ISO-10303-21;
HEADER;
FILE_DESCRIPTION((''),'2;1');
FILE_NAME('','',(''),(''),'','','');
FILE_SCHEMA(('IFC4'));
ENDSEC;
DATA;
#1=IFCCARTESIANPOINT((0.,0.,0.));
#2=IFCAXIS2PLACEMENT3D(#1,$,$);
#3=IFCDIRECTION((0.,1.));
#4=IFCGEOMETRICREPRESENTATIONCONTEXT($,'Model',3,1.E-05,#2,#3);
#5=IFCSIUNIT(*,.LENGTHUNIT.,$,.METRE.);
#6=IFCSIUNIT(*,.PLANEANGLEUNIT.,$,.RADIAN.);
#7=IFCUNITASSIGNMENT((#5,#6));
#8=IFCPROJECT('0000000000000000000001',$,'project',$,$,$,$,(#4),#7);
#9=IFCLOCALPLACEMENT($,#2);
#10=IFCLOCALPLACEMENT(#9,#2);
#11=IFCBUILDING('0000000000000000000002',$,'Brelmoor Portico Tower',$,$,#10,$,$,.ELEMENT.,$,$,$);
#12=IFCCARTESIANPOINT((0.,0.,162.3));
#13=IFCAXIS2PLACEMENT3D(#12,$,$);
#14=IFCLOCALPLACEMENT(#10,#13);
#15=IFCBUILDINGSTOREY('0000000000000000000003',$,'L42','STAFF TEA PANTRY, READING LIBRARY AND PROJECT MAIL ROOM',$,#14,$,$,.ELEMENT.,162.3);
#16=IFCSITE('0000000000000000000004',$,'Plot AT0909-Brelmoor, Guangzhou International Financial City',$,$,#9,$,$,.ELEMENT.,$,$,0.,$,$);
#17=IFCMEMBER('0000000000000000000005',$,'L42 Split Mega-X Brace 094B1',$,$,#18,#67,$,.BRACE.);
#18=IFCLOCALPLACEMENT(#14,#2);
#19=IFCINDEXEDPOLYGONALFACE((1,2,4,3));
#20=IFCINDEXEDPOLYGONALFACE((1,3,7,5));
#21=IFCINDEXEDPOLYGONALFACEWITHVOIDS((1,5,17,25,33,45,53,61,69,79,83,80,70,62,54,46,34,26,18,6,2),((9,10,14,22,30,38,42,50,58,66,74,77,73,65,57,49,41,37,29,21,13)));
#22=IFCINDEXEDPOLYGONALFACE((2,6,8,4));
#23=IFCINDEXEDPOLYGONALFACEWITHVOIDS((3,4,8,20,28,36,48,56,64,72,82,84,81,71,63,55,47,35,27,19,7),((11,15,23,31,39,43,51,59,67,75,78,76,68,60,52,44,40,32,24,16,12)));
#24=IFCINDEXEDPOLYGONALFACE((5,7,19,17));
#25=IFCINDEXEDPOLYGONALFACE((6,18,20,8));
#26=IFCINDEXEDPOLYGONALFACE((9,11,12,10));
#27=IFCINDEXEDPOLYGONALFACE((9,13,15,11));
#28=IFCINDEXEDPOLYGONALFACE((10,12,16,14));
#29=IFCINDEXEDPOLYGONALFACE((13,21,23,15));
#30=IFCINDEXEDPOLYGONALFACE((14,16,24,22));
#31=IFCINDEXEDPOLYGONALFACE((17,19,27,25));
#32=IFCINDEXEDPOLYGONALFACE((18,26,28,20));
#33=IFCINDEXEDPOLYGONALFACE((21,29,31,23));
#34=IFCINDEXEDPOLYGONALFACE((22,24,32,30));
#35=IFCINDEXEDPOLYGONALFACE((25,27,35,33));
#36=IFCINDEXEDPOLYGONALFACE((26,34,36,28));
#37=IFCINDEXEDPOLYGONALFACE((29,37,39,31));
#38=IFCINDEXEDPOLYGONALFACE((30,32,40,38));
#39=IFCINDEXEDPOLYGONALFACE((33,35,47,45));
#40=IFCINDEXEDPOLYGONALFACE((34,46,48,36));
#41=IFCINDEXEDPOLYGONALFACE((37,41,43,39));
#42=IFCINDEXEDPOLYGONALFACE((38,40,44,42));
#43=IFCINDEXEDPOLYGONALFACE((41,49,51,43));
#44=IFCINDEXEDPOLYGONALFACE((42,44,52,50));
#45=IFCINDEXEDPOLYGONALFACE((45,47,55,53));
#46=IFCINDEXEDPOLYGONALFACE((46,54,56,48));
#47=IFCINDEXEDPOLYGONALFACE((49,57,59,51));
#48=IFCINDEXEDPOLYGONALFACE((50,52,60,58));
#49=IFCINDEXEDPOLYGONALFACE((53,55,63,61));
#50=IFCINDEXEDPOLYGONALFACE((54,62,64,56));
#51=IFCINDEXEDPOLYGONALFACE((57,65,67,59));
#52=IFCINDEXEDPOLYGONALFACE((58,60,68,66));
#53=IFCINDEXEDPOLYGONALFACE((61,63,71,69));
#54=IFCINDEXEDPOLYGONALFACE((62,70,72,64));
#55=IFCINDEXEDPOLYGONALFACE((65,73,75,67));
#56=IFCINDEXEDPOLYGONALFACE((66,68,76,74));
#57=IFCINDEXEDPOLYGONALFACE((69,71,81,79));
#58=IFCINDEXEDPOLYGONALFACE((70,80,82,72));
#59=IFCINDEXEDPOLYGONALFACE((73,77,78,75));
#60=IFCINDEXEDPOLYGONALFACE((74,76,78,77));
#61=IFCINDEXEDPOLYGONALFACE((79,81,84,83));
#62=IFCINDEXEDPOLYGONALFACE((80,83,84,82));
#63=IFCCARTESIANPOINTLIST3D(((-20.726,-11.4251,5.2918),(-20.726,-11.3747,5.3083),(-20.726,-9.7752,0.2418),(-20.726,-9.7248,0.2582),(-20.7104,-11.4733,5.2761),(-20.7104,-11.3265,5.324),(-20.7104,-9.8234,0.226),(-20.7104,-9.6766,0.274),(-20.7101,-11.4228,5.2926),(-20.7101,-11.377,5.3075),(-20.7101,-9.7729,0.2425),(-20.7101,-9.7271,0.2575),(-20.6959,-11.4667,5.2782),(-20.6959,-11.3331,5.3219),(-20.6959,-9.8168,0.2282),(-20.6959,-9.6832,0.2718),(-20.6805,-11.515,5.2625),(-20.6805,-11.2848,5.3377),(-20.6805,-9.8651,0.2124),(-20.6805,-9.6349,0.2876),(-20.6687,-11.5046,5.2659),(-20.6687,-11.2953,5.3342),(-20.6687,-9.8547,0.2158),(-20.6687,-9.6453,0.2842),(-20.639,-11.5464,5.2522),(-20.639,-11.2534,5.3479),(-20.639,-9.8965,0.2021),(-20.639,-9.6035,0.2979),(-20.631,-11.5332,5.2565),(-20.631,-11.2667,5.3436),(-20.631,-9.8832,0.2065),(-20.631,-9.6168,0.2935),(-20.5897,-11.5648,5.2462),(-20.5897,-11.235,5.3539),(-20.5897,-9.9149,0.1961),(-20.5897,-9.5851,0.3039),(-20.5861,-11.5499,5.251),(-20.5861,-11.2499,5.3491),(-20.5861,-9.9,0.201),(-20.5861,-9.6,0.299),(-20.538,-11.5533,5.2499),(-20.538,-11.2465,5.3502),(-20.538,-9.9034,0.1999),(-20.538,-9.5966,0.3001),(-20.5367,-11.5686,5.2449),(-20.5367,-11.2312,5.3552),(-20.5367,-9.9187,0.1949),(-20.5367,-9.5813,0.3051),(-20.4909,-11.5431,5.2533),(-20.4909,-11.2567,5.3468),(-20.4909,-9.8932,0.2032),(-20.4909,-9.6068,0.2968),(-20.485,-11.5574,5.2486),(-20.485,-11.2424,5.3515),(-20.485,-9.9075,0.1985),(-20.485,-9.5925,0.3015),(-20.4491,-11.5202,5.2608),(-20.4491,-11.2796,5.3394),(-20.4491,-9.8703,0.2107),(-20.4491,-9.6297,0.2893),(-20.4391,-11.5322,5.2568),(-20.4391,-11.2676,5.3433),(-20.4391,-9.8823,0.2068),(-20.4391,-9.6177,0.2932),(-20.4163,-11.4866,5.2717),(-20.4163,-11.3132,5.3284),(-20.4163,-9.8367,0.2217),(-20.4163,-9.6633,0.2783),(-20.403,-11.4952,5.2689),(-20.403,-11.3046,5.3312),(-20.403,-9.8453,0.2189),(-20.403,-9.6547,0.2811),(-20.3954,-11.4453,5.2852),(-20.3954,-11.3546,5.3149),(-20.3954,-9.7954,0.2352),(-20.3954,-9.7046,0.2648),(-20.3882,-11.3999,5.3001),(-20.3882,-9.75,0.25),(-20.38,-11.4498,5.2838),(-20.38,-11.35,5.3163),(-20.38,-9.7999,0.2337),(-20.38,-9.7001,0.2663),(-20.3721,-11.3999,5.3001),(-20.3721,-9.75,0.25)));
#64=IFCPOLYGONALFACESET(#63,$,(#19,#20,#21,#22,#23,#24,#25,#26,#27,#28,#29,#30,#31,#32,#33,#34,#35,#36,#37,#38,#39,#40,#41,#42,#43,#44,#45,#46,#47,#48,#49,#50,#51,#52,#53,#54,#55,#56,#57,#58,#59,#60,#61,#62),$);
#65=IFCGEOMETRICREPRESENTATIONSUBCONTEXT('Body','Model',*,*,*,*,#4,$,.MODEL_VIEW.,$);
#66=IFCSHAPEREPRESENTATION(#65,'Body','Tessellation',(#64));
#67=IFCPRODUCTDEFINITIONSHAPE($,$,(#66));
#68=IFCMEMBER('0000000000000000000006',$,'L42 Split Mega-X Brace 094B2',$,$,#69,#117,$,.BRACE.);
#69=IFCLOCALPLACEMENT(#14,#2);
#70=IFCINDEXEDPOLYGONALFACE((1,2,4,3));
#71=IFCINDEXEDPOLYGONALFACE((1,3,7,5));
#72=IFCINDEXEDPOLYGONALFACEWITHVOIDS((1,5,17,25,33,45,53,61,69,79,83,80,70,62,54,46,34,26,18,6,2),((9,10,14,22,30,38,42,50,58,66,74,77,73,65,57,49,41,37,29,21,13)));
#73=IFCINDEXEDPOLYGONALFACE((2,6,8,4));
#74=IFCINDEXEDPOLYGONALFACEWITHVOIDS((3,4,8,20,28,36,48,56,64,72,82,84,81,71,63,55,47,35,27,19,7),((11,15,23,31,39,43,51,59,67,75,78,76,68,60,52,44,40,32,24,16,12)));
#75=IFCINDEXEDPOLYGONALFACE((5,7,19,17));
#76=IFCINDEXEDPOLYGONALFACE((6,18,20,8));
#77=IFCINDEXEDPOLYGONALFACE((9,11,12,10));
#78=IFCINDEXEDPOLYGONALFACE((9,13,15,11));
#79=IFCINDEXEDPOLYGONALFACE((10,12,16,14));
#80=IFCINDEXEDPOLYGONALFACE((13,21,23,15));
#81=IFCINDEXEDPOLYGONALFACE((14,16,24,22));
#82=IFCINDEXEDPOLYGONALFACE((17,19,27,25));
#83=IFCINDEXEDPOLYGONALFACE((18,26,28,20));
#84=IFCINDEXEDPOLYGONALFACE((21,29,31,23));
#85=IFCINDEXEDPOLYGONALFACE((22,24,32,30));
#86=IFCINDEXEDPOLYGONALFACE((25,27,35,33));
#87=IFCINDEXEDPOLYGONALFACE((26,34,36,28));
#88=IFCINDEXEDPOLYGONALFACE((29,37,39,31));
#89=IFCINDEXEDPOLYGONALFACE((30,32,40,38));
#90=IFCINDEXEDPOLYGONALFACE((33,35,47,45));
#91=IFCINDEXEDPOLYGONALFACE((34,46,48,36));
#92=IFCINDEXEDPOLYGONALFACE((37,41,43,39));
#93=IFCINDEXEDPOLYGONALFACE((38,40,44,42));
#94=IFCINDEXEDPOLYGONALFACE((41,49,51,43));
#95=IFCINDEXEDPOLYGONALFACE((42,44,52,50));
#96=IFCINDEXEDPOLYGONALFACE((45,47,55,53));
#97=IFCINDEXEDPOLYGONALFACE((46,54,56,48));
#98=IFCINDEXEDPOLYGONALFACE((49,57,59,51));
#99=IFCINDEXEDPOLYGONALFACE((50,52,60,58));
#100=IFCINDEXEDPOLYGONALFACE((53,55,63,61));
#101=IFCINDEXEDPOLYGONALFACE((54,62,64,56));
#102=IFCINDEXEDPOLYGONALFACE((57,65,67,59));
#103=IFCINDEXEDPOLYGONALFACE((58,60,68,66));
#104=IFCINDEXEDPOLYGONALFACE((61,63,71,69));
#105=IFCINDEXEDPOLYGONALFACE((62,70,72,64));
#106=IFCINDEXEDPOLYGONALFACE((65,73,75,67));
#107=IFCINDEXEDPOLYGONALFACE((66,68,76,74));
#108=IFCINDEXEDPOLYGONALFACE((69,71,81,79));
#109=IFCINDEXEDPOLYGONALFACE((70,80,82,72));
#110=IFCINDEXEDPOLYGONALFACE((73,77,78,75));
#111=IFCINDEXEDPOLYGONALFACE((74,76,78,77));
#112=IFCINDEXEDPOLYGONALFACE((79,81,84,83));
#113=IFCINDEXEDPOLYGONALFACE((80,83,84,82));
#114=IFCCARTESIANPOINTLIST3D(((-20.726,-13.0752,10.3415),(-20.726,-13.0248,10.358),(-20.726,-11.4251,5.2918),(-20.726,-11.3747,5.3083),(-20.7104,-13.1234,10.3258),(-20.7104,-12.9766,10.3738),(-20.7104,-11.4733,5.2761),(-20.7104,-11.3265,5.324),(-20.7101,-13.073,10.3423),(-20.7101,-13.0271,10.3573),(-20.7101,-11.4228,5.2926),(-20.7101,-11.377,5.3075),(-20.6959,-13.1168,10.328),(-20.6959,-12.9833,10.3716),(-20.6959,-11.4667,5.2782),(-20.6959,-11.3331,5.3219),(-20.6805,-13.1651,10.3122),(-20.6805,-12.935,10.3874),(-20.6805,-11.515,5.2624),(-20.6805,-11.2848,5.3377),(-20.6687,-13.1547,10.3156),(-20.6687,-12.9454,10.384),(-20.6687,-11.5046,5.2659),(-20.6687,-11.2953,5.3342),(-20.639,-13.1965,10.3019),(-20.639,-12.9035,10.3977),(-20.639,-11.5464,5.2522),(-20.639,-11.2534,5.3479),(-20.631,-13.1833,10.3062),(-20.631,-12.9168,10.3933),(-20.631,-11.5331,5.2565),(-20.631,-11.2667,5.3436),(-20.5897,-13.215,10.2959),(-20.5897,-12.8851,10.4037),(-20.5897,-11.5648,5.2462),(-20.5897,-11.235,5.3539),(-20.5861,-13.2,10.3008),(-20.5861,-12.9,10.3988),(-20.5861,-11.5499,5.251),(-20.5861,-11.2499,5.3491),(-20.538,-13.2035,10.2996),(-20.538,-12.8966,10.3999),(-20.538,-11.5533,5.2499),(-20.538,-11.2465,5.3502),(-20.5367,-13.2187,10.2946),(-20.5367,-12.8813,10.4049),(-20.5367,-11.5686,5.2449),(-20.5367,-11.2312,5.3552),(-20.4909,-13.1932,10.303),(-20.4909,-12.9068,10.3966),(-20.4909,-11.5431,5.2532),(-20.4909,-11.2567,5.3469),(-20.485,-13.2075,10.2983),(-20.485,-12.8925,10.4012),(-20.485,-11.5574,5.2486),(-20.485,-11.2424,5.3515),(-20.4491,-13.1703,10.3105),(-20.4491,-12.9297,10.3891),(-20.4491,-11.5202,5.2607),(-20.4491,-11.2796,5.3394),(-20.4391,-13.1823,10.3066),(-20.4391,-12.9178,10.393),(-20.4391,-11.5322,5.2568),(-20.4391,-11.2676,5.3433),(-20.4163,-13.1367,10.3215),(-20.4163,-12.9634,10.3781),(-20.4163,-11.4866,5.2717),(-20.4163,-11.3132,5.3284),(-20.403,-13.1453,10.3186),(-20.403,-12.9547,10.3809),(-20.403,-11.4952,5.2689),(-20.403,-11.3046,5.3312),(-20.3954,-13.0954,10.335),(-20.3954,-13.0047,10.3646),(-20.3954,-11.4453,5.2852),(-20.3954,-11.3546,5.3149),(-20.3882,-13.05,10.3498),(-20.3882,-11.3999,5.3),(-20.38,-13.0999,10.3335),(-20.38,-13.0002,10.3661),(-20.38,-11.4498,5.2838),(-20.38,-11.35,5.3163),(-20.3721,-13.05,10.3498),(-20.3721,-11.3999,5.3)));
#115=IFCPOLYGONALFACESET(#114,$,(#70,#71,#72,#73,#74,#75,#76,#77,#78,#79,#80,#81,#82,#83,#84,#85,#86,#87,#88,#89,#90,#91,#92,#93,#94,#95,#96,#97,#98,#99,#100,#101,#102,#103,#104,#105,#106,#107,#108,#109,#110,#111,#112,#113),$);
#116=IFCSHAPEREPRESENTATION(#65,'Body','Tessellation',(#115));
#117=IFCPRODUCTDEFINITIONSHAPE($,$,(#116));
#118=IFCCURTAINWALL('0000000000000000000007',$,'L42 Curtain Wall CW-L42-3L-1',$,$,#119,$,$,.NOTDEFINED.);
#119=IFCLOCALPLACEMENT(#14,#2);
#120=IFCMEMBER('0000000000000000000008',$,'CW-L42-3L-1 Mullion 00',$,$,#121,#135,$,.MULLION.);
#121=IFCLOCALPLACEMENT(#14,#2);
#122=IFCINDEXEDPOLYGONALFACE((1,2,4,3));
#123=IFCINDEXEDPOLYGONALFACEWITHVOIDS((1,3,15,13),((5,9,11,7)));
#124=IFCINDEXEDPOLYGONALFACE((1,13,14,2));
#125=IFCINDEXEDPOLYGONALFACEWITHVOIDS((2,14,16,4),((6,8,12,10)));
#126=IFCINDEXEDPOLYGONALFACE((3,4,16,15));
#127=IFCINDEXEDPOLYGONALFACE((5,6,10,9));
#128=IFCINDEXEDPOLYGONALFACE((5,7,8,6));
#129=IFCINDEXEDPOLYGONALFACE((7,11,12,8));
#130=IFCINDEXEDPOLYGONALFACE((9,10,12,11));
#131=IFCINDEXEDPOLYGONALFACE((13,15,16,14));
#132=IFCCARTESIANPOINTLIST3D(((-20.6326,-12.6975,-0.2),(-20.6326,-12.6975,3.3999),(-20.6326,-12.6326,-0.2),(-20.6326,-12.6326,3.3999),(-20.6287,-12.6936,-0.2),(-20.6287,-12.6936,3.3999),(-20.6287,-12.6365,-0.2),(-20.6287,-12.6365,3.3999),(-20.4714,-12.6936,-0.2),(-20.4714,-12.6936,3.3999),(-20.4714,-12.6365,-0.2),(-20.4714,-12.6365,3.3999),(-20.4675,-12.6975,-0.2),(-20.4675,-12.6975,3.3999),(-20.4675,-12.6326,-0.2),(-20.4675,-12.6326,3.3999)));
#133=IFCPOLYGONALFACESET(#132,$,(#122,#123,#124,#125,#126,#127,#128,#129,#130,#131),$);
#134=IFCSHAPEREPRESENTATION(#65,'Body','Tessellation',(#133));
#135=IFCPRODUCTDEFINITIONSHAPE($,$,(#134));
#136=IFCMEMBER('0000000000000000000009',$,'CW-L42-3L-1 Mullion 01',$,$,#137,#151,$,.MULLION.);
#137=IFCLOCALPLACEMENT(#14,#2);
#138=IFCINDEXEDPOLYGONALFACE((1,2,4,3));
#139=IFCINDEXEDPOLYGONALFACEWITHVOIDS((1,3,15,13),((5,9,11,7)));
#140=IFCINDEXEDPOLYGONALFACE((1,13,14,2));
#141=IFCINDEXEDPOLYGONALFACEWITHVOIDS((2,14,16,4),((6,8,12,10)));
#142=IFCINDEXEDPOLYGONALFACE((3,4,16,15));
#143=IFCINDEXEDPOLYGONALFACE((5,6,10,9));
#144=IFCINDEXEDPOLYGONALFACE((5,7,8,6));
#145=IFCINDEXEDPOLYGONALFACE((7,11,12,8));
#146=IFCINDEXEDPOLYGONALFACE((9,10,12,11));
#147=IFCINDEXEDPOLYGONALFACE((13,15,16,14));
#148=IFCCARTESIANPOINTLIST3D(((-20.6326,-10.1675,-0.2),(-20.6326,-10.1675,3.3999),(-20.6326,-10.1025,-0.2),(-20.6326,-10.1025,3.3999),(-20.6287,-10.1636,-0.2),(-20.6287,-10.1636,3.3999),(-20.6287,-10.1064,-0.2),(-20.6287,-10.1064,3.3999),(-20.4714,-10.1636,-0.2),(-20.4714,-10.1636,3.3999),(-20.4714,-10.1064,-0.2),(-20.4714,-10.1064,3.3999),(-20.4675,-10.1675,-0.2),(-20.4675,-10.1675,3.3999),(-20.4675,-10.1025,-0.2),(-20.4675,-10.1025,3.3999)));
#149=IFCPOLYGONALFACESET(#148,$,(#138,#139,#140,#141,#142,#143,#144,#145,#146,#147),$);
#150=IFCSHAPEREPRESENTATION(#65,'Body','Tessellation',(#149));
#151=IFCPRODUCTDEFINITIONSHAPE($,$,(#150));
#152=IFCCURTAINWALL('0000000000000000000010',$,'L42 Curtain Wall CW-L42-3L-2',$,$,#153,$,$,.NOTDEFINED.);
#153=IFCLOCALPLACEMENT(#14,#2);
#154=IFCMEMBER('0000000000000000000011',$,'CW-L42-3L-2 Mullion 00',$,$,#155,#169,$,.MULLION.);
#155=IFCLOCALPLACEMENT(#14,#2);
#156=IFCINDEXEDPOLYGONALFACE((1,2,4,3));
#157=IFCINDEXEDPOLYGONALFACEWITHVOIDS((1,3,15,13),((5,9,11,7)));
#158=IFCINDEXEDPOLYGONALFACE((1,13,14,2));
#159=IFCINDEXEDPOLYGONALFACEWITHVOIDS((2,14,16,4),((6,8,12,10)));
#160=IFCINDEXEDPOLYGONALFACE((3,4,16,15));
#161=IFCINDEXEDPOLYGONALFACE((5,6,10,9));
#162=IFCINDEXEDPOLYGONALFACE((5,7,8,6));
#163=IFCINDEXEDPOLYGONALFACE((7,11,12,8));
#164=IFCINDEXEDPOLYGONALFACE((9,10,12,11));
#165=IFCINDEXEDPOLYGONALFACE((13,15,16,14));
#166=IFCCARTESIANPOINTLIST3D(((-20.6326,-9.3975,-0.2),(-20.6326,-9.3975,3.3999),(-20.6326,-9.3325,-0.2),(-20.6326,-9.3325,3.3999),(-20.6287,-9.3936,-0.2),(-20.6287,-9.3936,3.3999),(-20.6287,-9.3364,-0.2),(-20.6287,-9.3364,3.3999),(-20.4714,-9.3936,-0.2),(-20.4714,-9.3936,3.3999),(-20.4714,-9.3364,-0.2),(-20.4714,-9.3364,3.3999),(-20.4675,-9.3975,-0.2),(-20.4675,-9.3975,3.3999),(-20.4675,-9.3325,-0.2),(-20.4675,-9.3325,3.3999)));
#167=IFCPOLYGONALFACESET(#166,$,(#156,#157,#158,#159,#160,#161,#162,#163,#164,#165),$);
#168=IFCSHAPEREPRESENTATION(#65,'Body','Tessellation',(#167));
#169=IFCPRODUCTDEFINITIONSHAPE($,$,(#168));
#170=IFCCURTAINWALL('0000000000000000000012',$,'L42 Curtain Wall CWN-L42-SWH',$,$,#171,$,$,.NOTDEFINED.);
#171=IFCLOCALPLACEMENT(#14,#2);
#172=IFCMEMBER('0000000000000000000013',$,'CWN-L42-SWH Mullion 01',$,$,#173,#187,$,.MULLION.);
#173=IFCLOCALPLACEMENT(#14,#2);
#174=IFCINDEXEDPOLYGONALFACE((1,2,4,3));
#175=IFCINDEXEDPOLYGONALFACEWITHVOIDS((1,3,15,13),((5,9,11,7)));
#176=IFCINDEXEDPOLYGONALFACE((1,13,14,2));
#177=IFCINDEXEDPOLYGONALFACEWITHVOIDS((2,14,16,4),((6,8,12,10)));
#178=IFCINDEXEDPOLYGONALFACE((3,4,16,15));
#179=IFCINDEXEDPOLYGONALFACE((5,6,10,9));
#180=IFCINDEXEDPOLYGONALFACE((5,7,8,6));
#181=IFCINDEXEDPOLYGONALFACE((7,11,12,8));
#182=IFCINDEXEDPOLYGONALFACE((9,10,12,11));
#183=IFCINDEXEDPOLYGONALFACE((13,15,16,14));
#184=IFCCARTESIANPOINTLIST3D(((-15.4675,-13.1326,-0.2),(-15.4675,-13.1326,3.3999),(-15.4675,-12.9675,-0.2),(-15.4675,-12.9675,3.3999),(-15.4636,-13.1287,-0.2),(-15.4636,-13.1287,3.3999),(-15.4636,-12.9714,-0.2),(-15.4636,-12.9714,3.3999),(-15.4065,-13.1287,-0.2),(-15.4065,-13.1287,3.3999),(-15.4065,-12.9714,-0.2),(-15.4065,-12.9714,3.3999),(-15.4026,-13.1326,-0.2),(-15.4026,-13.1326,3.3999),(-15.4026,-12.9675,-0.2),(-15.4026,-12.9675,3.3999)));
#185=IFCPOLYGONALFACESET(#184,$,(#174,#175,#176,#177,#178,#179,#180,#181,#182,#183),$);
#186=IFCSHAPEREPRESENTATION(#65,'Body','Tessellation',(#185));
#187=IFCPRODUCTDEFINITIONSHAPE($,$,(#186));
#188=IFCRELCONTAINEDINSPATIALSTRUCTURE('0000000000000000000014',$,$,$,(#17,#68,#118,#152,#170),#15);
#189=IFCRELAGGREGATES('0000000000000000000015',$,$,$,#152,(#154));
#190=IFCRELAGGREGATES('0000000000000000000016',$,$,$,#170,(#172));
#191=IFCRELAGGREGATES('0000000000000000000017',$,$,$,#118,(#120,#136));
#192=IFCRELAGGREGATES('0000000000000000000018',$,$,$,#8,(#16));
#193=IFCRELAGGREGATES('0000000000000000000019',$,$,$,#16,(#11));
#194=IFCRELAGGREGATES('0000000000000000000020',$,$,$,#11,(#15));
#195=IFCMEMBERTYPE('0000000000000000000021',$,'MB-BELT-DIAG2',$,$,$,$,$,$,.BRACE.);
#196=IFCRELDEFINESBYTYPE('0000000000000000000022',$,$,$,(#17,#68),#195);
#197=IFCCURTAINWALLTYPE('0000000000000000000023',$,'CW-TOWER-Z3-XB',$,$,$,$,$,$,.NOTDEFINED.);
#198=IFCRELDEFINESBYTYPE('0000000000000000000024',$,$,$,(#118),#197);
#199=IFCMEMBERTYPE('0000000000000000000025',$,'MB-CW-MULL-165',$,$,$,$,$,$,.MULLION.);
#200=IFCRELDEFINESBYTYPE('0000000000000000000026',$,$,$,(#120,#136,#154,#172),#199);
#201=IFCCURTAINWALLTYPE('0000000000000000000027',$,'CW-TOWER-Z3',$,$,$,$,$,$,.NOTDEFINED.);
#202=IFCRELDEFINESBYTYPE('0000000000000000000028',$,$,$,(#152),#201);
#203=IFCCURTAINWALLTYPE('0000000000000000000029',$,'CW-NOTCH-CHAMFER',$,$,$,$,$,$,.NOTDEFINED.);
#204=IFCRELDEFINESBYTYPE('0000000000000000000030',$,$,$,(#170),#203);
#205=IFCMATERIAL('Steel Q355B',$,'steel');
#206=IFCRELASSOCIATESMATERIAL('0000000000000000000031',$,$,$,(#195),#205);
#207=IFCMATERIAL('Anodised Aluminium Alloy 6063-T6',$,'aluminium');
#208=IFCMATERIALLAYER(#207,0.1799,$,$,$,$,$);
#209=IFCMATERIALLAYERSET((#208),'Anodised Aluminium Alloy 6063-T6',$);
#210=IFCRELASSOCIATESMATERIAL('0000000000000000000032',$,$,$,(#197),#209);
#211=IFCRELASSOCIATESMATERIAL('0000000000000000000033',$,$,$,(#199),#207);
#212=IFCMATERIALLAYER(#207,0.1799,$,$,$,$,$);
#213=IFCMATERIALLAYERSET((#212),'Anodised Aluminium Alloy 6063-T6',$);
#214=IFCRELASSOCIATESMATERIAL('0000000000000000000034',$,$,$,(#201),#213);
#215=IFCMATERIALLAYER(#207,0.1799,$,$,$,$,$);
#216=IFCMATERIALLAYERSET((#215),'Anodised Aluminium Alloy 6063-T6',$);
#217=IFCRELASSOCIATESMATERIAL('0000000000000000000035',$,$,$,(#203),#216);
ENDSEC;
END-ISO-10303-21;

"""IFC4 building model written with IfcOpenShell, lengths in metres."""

from ifc_helpers import new_model, si_unit, direction, frame, origin, origin_2d, place, context, subcontext, project, spatial, hollow_rectangle, hollow_circle, extrude, material, layer, layer_set, material_profile, profile_set, type_object, element, aggregate, save


model = new_model("IFC4")

# Units and contexts
model_context = context("Model", 3, precision=1e-05, world=origin(), true_north=direction((0.0, 1.0)))
body_context = subcontext(model_context, "Body", "Model", "MODEL_VIEW")
ifc_project = project(units=[si_unit("LENGTHUNIT", "METRE"), si_unit("PLANEANGLEUNIT", "RADIAN")], contexts=[model_context])

# Site, building, storey
site_placement = place(None, origin())
site = spatial("IfcSite", under=ifc_project, at=site_placement, Name="Plot AT0909-Brelmoor, Guangzhou International Financial City", CompositionType="ELEMENT", RefElevation=0.0)
building_placement = place(site_placement, origin())
building = spatial("IfcBuilding", under=site, at=building_placement, Name="Brelmoor Portico Tower", CompositionType="ELEMENT")
storey_placement = place(building_placement, frame((0.0, 0.0, 162.3)))
storey = spatial("IfcBuildingStorey", under=building, at=storey_placement, Name="L42", Description="STAFF TEA PANTRY, READING LIBRARY AND PROJECT MAIL ROOM", CompositionType="ELEMENT", Elevation=162.3)

# Shared definitions
ifc_material_1 = material(Name="Steel Q355B", Category="steel")

# Members
ifc_material_profile_1 = material_profile(ifc_material_1, hollow_circle(Radius=0.178, WallThickness=0.0161, at=origin_2d()), Name="CHS 356x16")
ifc_profile_set_1 = profile_set([ifc_material_profile_1], Name="Steel Q355B")
member_type_1 = type_object("IfcMemberType", Name="MB-BELT-DIAG2", PredefinedType="BRACE", material=ifc_profile_set_1)
member_1_placement = place(storey_placement, frame((-20.55, -9.75, 0.25), z_axis=(0.0, -0.310556, 0.950555), x_axis=(1.0, 0.0, 0.0)))
element("IfcMember", 1, at=member_1_placement, inside=storey, type_object=member_type_1, Name="L42 Split Mega-X Brace 094B1", PredefinedType="BRACE", context=body_context, shape_type="SweptSolid", body=[
    extrude(hollow_circle(Radius=0.178, WallThickness=0.0161, at=origin_2d()), origin(), (0.0, 0.0, 1.0), 5.3127),
])
member_2_placement = place(storey_placement, frame((-20.55, -11.3999, 5.3), z_axis=(0.0, -0.310611, 0.950537), x_axis=(1.0, 0.0, 0.0)))
element("IfcMember", 2, at=member_2_placement, inside=storey, type_object=member_type_1, Name="L42 Split Mega-X Brace 094B2", PredefinedType="BRACE", context=body_context, shape_type="SweptSolid", body=[
    extrude(hollow_circle(Radius=0.178, WallThickness=0.0161, at=origin_2d()), origin(), (0.0, 0.0, 1.0), 5.3125),
])

# Curtain wall, members
ifc_material_2 = material(Name="Anodised Aluminium Alloy 6063-T6", Category="aluminium")
ifc_layer_1 = layer(ifc_material_2, 0.1799)
ifc_layer_set_1 = layer_set([ifc_layer_1], Name="Anodised Aluminium Alloy 6063-T6")
curtain_wall_type_1 = type_object("IfcCurtainWallType", Name="CW-TOWER-Z3-XB", PredefinedType="NOTDEFINED", material=ifc_layer_set_1)
curtain_wall_1_placement = place(storey_placement, origin())
curtain_wall_1 = element("IfcCurtainWall", 3, at=curtain_wall_1_placement, inside=storey, type_object=curtain_wall_type_1, Name="L42 Curtain Wall CW-L42-3L-1", PredefinedType="NOTDEFINED")
ifc_material_profile_2 = material_profile(ifc_material_2, hollow_rectangle(XDim=0.0649, YDim=0.165, WallThickness=0.0039, at=origin_2d()), Name="ALU MULLION 65x165")
ifc_profile_set_2 = profile_set([ifc_material_profile_2], Name="Anodised Aluminium Alloy 6063-T6")
member_type_2 = type_object("IfcMemberType", Name="MB-CW-MULL-165", PredefinedType="MULLION", material=ifc_profile_set_2)
member_3_placement = place(storey_placement, frame((-20.55, -12.665, -0.2), z_axis=(0.0, 0.0, 1.0), x_axis=(0.0, 1.0, 0.0)))
member_3 = element("IfcMember", 4, at=member_3_placement, type_object=member_type_2, Name="CW-L42-3L-1 Mullion 00", PredefinedType="MULLION", context=body_context, shape_type="SweptSolid", body=[
    extrude(hollow_rectangle(XDim=0.0649, YDim=0.165, WallThickness=0.0039, at=origin_2d()), origin(), (0.0, 0.0, 1.0), 3.5999),
])
member_4_placement = place(storey_placement, frame((-20.55, -10.135, -0.2), z_axis=(0.0, 0.0, 1.0), x_axis=(0.0, 1.0, 0.0)))
member_4 = element("IfcMember", 5, at=member_4_placement, type_object=member_type_2, Name="CW-L42-3L-1 Mullion 01", PredefinedType="MULLION", context=body_context, shape_type="SweptSolid", body=[
    extrude(hollow_rectangle(XDim=0.0649, YDim=0.165, WallThickness=0.0039, at=origin_2d()), origin(), (0.0, 0.0, 1.0), 3.5999),
])

# Curtain walls, members
ifc_layer_2 = layer(ifc_material_2, 0.1799)
ifc_layer_set_2 = layer_set([ifc_layer_2], Name="Anodised Aluminium Alloy 6063-T6")
curtain_wall_type_2 = type_object("IfcCurtainWallType", Name="CW-TOWER-Z3", PredefinedType="NOTDEFINED", material=ifc_layer_set_2)
curtain_wall_2_placement = place(storey_placement, origin())
curtain_wall_2 = element("IfcCurtainWall", 6, at=curtain_wall_2_placement, inside=storey, type_object=curtain_wall_type_2, Name="L42 Curtain Wall CW-L42-3L-2", PredefinedType="NOTDEFINED")
member_5_placement = place(storey_placement, frame((-20.55, -9.365, -0.2), z_axis=(0.0, 0.0, 1.0), x_axis=(0.0, 1.0, 0.0)))
member_5 = element("IfcMember", 7, at=member_5_placement, type_object=member_type_2, Name="CW-L42-3L-2 Mullion 00", PredefinedType="MULLION", context=body_context, shape_type="SweptSolid", body=[
    extrude(hollow_rectangle(XDim=0.0649, YDim=0.165, WallThickness=0.0039, at=origin_2d()), origin(), (0.0, 0.0, 1.0), 3.5999),
])
ifc_layer_3 = layer(ifc_material_2, 0.1799)
ifc_layer_set_3 = layer_set([ifc_layer_3], Name="Anodised Aluminium Alloy 6063-T6")
curtain_wall_type_3 = type_object("IfcCurtainWallType", Name="CW-NOTCH-CHAMFER", PredefinedType="NOTDEFINED", material=ifc_layer_set_3)
curtain_wall_3_placement = place(storey_placement, origin())
curtain_wall_3 = element("IfcCurtainWall", 8, at=curtain_wall_3_placement, inside=storey, type_object=curtain_wall_type_3, Name="L42 Curtain Wall CWN-L42-SWH", PredefinedType="NOTDEFINED")
member_6_placement = place(storey_placement, frame((-15.4351, -13.05, -0.2), z_axis=(0.0, 0.0, 1.0), x_axis=(1.0, 0.0, 0.0)))
member_6 = element("IfcMember", 9, at=member_6_placement, type_object=member_type_2, Name="CWN-L42-SWH Mullion 01", PredefinedType="MULLION", context=body_context, shape_type="SweptSolid", body=[
    extrude(hollow_rectangle(XDim=0.0649, YDim=0.165, WallThickness=0.0039, at=origin_2d()), origin(), (0.0, 0.0, 1.0), 3.5999),
])

aggregate(curtain_wall_2, [member_5])

aggregate(curtain_wall_3, [member_6])
aggregate(curtain_wall_1, [member_3, member_4])

save(model, "model.ifc")
